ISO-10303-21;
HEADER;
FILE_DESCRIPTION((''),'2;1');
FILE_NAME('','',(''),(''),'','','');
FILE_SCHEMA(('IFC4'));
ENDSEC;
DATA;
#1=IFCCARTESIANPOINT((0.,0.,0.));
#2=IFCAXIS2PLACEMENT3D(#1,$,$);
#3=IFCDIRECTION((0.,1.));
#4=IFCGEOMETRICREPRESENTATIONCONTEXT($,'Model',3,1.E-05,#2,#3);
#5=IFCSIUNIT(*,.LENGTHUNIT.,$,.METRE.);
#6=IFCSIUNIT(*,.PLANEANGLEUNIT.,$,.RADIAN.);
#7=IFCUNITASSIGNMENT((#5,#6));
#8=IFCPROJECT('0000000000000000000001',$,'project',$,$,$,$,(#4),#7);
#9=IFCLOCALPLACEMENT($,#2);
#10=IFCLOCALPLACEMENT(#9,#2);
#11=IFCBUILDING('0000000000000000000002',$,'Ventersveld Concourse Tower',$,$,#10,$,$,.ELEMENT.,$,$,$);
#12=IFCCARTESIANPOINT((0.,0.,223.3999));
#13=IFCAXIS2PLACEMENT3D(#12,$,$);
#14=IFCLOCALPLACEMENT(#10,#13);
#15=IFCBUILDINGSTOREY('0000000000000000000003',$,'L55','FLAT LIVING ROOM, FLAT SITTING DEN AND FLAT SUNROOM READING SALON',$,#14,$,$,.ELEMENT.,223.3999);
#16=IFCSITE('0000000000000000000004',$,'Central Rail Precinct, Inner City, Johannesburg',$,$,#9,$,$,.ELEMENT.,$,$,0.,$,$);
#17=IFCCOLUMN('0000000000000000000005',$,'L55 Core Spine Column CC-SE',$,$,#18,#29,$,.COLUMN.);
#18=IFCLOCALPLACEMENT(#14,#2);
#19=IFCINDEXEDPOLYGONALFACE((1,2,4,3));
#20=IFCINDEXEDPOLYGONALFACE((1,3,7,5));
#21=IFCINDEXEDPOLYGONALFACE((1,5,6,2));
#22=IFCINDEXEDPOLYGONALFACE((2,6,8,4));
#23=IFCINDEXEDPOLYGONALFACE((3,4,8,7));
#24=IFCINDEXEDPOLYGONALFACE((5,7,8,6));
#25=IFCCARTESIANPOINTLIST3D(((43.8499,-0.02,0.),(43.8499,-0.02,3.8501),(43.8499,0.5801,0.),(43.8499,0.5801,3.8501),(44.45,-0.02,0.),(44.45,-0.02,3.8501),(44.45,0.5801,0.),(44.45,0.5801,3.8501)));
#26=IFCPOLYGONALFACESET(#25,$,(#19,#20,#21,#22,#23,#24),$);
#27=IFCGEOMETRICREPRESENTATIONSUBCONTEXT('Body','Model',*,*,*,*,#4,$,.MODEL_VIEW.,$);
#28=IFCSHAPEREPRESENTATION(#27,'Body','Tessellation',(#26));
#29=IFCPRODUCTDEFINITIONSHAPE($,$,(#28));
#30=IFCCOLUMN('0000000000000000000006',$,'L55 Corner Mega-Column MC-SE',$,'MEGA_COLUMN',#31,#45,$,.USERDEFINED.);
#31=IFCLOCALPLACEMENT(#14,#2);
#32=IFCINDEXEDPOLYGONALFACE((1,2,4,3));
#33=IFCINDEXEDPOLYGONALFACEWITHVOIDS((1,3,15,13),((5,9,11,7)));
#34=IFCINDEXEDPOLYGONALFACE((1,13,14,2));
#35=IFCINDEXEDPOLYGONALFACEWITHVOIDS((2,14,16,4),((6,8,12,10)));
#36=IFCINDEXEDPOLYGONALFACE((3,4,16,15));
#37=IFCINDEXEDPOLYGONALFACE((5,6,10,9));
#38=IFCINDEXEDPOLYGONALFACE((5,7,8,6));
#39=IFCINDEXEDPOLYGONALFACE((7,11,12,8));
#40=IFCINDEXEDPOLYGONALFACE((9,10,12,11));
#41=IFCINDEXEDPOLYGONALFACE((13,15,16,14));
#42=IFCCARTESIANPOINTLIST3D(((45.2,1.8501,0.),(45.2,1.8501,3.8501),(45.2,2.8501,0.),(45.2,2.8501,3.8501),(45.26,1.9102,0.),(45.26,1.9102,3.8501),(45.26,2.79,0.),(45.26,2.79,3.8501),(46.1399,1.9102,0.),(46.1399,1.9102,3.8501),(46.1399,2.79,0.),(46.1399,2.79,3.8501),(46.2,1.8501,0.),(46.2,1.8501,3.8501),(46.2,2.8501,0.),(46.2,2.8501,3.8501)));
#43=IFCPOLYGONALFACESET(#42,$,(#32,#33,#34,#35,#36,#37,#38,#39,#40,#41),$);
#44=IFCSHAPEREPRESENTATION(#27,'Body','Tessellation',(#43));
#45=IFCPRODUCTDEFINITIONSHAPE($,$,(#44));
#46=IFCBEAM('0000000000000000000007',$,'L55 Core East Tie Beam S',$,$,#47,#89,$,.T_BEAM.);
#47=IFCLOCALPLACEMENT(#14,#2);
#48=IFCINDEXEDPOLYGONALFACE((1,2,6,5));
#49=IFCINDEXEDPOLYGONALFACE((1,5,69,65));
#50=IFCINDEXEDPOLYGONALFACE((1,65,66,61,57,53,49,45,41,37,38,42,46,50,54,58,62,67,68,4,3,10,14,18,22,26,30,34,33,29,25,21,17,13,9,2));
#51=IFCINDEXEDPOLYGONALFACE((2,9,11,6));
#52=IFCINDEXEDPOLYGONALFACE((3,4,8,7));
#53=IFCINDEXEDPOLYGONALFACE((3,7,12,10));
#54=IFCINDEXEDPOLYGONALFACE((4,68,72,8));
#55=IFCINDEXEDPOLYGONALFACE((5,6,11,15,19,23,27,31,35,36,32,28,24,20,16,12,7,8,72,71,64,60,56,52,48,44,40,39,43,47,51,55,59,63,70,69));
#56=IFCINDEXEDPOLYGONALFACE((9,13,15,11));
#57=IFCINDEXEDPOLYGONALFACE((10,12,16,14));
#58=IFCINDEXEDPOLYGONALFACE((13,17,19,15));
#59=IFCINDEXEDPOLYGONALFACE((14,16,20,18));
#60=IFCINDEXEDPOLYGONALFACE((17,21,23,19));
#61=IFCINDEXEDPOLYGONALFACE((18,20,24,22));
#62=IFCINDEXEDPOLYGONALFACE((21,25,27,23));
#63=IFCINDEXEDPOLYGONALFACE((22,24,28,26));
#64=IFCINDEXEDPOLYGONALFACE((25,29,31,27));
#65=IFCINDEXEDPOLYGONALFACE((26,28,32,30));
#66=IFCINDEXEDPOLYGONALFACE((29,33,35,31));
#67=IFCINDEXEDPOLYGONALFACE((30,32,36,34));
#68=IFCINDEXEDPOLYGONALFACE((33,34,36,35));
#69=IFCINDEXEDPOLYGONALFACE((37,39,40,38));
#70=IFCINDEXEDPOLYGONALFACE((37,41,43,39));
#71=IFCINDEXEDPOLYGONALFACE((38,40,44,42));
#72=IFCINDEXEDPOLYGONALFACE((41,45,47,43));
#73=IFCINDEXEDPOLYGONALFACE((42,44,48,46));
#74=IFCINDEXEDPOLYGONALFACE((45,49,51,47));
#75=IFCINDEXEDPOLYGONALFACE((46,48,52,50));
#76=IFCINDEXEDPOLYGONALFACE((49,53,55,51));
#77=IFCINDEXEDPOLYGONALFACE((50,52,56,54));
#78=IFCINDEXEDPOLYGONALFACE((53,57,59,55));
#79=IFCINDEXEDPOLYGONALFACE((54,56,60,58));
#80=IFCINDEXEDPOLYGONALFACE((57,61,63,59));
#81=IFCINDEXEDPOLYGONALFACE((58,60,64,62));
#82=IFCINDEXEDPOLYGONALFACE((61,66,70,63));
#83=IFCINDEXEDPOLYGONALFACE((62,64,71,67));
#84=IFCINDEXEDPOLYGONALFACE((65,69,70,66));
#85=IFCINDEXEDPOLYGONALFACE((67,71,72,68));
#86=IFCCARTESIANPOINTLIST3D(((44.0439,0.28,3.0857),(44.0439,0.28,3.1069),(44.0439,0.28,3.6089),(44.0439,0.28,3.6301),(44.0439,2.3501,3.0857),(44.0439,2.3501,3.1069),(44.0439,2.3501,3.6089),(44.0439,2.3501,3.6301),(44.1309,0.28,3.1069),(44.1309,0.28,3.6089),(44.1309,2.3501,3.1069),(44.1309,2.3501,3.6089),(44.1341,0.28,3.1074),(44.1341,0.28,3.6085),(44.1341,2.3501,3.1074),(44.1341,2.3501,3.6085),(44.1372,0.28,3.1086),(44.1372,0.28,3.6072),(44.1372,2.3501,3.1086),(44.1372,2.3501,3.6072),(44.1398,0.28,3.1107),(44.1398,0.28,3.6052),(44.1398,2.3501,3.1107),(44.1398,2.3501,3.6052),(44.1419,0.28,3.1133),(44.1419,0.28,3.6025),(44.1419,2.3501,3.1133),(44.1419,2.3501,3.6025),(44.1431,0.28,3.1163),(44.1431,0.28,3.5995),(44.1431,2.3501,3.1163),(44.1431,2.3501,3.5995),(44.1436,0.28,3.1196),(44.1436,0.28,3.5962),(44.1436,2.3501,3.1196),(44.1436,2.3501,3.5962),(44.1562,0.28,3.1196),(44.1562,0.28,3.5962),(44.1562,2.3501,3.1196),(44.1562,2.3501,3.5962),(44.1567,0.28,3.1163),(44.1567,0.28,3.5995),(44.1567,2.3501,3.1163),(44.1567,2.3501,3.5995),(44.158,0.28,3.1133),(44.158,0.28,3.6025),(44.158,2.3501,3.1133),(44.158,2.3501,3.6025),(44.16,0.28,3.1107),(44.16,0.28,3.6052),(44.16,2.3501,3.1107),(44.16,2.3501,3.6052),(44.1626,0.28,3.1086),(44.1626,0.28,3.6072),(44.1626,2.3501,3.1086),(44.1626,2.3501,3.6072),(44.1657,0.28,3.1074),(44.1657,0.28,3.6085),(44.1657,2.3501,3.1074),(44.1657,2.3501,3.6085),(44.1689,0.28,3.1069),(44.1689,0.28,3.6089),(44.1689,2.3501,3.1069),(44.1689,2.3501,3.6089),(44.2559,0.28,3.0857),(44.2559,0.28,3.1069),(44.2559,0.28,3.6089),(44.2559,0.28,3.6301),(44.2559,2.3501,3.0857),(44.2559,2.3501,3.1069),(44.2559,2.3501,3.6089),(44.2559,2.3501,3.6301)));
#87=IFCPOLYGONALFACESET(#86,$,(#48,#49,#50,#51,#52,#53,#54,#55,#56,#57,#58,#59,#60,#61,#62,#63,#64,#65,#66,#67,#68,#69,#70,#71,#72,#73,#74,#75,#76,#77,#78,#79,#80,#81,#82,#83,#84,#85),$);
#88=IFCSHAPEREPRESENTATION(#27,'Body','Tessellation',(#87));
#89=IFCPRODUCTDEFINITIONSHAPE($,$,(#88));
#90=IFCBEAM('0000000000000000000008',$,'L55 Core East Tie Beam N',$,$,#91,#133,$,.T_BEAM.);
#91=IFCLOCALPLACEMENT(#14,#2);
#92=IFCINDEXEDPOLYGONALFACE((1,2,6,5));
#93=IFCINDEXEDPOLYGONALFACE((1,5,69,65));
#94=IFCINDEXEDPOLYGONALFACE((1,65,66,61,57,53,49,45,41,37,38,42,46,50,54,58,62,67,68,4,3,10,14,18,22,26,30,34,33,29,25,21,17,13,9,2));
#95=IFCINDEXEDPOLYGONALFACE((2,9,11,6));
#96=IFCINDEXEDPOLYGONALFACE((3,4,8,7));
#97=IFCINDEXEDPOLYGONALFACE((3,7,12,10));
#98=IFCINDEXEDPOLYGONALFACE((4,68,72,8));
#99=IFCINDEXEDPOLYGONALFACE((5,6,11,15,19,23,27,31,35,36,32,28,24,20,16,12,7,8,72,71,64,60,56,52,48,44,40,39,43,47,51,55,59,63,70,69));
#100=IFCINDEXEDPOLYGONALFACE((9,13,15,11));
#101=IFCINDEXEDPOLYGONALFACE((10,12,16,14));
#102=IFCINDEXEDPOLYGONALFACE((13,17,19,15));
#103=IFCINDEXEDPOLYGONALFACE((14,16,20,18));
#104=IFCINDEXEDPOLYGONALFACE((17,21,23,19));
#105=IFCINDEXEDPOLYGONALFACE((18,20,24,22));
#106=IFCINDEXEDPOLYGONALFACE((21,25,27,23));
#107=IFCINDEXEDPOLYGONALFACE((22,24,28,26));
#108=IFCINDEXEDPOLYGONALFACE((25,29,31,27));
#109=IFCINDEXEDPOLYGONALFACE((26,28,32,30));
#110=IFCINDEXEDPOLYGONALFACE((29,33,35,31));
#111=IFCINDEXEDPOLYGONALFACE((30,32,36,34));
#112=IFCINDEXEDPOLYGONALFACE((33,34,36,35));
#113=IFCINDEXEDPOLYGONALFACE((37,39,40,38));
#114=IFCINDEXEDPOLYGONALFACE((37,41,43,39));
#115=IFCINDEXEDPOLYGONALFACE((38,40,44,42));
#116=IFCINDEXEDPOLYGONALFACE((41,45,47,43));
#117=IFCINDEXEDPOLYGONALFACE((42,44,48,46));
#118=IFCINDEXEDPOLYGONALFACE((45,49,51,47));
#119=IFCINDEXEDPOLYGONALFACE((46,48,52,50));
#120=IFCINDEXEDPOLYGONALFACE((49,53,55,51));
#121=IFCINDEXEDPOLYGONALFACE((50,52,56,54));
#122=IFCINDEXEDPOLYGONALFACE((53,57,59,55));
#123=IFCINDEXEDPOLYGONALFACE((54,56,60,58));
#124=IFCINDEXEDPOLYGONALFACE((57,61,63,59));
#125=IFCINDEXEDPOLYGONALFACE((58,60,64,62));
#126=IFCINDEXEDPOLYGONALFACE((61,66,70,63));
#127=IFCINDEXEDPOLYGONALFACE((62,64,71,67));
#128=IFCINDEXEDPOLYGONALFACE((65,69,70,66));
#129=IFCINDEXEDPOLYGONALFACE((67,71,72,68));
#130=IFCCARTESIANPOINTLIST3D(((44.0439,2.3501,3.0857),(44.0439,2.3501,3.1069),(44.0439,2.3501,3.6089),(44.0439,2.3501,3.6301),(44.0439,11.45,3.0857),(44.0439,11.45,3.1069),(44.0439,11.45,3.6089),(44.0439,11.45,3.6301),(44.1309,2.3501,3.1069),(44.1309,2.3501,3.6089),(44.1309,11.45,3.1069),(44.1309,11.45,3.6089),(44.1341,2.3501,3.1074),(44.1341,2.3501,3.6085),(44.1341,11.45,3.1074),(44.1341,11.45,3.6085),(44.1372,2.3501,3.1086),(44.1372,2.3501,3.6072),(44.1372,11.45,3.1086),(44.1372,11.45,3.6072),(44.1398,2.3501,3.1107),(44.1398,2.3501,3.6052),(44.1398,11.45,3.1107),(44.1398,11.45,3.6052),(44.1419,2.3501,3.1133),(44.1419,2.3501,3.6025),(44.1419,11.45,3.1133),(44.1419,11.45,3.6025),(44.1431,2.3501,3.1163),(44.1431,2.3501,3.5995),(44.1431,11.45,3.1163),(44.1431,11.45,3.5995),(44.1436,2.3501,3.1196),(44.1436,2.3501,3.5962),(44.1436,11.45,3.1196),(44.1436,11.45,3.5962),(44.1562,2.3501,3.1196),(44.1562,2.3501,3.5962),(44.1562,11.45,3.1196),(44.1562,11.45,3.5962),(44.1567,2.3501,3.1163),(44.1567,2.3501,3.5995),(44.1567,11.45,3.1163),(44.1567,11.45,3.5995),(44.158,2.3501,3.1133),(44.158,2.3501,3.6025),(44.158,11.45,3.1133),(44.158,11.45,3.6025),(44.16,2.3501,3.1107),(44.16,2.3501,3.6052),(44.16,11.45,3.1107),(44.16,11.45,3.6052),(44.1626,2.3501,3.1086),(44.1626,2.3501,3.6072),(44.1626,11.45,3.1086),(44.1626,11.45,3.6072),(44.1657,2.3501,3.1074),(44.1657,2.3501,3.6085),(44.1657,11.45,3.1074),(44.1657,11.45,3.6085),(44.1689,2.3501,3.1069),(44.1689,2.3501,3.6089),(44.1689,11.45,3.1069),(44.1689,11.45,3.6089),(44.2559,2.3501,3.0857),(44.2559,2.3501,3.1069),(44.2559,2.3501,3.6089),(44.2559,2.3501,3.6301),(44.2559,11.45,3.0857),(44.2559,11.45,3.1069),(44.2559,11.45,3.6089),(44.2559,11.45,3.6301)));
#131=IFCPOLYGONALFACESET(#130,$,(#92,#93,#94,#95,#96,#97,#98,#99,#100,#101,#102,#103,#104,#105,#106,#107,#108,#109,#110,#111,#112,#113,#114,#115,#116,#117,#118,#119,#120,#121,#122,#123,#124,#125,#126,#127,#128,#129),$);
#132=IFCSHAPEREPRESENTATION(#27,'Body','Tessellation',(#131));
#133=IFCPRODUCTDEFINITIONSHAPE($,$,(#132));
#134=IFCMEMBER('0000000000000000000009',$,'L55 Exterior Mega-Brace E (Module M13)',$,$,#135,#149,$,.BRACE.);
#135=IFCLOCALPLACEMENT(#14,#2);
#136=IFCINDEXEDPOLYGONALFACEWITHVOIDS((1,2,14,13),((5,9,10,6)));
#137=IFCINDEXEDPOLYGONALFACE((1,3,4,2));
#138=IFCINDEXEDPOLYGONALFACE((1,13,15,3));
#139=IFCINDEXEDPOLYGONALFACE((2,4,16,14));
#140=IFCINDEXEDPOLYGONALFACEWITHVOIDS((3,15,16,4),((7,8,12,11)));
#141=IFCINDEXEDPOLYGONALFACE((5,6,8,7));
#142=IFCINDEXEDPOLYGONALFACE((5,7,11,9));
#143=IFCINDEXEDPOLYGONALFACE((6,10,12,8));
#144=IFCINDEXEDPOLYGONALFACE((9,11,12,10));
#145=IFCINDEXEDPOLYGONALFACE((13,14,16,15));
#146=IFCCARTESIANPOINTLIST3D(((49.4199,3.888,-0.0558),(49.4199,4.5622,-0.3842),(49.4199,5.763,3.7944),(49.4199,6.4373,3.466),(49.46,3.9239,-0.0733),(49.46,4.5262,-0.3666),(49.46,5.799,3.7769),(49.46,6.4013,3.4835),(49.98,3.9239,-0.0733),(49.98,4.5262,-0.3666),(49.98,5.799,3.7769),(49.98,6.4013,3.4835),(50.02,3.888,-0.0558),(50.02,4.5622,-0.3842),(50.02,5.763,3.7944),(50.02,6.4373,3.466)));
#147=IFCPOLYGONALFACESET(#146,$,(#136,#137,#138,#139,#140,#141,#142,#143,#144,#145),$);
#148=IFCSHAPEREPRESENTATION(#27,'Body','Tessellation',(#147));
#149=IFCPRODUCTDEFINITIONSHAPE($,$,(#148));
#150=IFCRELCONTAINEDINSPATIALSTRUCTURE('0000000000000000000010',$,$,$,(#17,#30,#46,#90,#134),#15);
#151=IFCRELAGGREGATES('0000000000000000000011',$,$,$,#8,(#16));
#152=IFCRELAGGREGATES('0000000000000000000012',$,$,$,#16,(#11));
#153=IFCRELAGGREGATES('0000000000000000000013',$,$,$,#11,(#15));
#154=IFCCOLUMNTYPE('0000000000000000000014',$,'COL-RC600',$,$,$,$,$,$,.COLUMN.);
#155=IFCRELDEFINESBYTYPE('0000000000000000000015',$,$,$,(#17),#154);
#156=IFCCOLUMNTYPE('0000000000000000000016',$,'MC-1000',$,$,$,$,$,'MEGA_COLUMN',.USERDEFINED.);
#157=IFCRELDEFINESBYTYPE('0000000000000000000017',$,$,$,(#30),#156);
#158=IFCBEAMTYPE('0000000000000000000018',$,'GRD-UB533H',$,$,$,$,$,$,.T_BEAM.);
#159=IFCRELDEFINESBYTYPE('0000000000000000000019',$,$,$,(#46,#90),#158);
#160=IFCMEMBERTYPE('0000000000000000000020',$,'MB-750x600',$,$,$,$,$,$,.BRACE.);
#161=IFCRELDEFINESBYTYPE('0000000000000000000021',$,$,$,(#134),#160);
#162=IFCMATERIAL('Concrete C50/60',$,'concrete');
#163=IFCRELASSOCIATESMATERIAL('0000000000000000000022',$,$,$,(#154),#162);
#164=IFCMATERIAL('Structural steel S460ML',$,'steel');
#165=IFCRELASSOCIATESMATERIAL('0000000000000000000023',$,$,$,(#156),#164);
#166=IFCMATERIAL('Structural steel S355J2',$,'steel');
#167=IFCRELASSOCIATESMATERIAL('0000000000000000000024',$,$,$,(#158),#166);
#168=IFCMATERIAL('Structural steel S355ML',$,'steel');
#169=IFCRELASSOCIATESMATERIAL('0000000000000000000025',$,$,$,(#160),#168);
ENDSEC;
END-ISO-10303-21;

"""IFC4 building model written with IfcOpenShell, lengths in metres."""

from ifc_helpers import new_model, si_unit, direction, frame, origin, origin_2d, place, context, subcontext, project, spatial, rectangle, hollow_rectangle, i_section, extrude, material, material_profile, profile_set, type_object, element, save


model = new_model("IFC4")

# Units and contexts
model_context = context("Model", 3, precision=1e-05, world=origin(), true_north=direction((0.0, 1.0)))
body_context = subcontext(model_context, "Body", "Model", "MODEL_VIEW")
ifc_project = project(units=[si_unit("LENGTHUNIT", "METRE"), si_unit("PLANEANGLEUNIT", "RADIAN")], contexts=[model_context])

# Site, building, storey
site_placement = place(None, origin())
site = spatial("IfcSite", under=ifc_project, at=site_placement, Name="Central Rail Precinct, Inner City, Johannesburg", CompositionType="ELEMENT", RefElevation=0.0)
building_placement = place(site_placement, origin())
building = spatial("IfcBuilding", under=site, at=building_placement, Name="Ventersveld Concourse Tower", CompositionType="ELEMENT")
storey_placement = place(building_placement, frame((0.0, 0.0, 223.3999)))
storey = spatial("IfcBuildingStorey", under=building, at=storey_placement, Name="L55", Description="FLAT LIVING ROOM, FLAT SITTING DEN AND FLAT SUNROOM READING SALON", CompositionType="ELEMENT", Elevation=223.3999)

# Columns
ifc_material_1 = material(Name="Concrete C50/60", Category="concrete")
ifc_material_profile_1 = material_profile(ifc_material_1, rectangle(XDim=0.6001, YDim=0.6001, at=origin_2d()), Name="RC 600x600")
ifc_profile_set_1 = profile_set([ifc_material_profile_1], Name="Concrete C50/60")
column_type_1 = type_object("IfcColumnType", Name="COL-RC600", PredefinedType="COLUMN", material=ifc_profile_set_1)
column_1_placement = place(storey_placement, frame((44.1499, 0.28, 0.0), z_axis=(0.0, 0.0, 1.0), x_axis=(1.0, 0.0, 0.0)))
element("IfcColumn", 1, at=column_1_placement, inside=storey, type_object=column_type_1, Name="L55 Core Spine Column CC-SE", PredefinedType="COLUMN", context=body_context, shape_type="SweptSolid", body=[
    extrude(rectangle(XDim=0.6001, YDim=0.6001, at=origin_2d()), origin(), (0.0, 0.0, 1.0), 3.8501),
])
ifc_material_2 = material(Name="Structural steel S460ML", Category="steel")
ifc_material_profile_2 = material_profile(ifc_material_2, hollow_rectangle(XDim=1.0, YDim=1.0, WallThickness=0.0601, at=origin_2d()), Name="BOX 1000x1000x60")
ifc_profile_set_2 = profile_set([ifc_material_profile_2], Name="Structural steel S460ML")
column_type_2 = type_object("IfcColumnType", Name="MC-1000", ElementType="MEGA_COLUMN", PredefinedType="USERDEFINED", material=ifc_profile_set_2)
column_2_placement = place(storey_placement, frame((45.7, 2.3501, 0.0), z_axis=(0.0, 0.0, 1.0), x_axis=(1.0, 0.0, 0.0)))
element("IfcColumn", 2, at=column_2_placement, inside=storey, type_object=column_type_2, Name="L55 Corner Mega-Column MC-SE", ObjectType="MEGA_COLUMN", PredefinedType="USERDEFINED", context=body_context, shape_type="SweptSolid", body=[
    extrude(hollow_rectangle(XDim=1.0, YDim=1.0, WallThickness=0.0601, at=origin_2d()), origin(), (0.0, 0.0, 1.0), 3.8501),
])

# Beams
ifc_material_3 = material(Name="Structural steel S355J2", Category="steel")
ifc_material_profile_3 = material_profile(ifc_material_3, i_section(OverallWidth=0.2119, OverallDepth=0.5444, WebThickness=0.0127, FlangeThickness=0.0212, FilletRadius=0.0127, at=origin_2d()), Name="UB 533x210x122")
ifc_profile_set_3 = profile_set([ifc_material_profile_3], Name="Structural steel S355J2")
beam_type_1 = type_object("IfcBeamType", Name="GRD-UB533H", PredefinedType="T_BEAM", material=ifc_profile_set_3)
beam_1_placement = place(storey_placement, frame((44.1499, 0.28, 3.3579), z_axis=(0.0, 1.0, 0.0), x_axis=(-1.0, 0.0, 0.0)))
element("IfcBeam", 3, at=beam_1_placement, inside=storey, type_object=beam_type_1, Name="L55 Core East Tie Beam S", PredefinedType="T_BEAM", context=body_context, shape_type="SweptSolid", body=[
    extrude(i_section(OverallWidth=0.2119, OverallDepth=0.5444, WebThickness=0.0127, FlangeThickness=0.0212, FilletRadius=0.0127, at=origin_2d()), origin(), (0.0, 0.0, 1.0), 2.0701),
])
beam_2_placement = place(storey_placement, frame((44.1499, 2.3501, 3.3579), z_axis=(0.0, 1.0, 0.0), x_axis=(-1.0, 0.0, 0.0)))
element("IfcBeam", 4, at=beam_2_placement, inside=storey, type_object=beam_type_1, Name="L55 Core East Tie Beam N", PredefinedType="T_BEAM", context=body_context, shape_type="SweptSolid", body=[
    extrude(i_section(OverallWidth=0.2119, OverallDepth=0.5444, WebThickness=0.0127, FlangeThickness=0.0212, FilletRadius=0.0127, at=origin_2d()), origin(), (0.0, 0.0, 1.0), 9.0999),
])

# Member
ifc_material_4 = material(Name="Structural steel S355ML", Category="steel")
ifc_material_profile_4 = material_profile(ifc_material_4, hollow_rectangle(XDim=0.6001, YDim=0.75, WallThickness=0.04, at=origin_2d()), Name="BOX 750x600x40")
ifc_profile_set_4 = profile_set([ifc_material_profile_4], Name="Structural steel S355ML")
member_type = type_object("IfcMemberType", Name="MB-750x600", PredefinedType="BRACE", material=ifc_profile_set_4)
member_placement = place(storey_placement, frame((49.72, 4.2251, -0.22), z_axis=(0.0, 0.437839, 0.899053), x_axis=(-1.0, 0.0, 0.0)))
element("IfcMember", 5, at=member_placement, inside=storey, type_object=member_type, Name="L55 Exterior Mega-Brace E (Module M13)", PredefinedType="BRACE", context=body_context, shape_type="SweptSolid", body=[
    extrude(hollow_rectangle(XDim=0.6001, YDim=0.75, WallThickness=0.04, at=origin_2d()), origin(), (0.0, 0.0, 1.0), 4.2825),
])

save(model, "model.ifc")
